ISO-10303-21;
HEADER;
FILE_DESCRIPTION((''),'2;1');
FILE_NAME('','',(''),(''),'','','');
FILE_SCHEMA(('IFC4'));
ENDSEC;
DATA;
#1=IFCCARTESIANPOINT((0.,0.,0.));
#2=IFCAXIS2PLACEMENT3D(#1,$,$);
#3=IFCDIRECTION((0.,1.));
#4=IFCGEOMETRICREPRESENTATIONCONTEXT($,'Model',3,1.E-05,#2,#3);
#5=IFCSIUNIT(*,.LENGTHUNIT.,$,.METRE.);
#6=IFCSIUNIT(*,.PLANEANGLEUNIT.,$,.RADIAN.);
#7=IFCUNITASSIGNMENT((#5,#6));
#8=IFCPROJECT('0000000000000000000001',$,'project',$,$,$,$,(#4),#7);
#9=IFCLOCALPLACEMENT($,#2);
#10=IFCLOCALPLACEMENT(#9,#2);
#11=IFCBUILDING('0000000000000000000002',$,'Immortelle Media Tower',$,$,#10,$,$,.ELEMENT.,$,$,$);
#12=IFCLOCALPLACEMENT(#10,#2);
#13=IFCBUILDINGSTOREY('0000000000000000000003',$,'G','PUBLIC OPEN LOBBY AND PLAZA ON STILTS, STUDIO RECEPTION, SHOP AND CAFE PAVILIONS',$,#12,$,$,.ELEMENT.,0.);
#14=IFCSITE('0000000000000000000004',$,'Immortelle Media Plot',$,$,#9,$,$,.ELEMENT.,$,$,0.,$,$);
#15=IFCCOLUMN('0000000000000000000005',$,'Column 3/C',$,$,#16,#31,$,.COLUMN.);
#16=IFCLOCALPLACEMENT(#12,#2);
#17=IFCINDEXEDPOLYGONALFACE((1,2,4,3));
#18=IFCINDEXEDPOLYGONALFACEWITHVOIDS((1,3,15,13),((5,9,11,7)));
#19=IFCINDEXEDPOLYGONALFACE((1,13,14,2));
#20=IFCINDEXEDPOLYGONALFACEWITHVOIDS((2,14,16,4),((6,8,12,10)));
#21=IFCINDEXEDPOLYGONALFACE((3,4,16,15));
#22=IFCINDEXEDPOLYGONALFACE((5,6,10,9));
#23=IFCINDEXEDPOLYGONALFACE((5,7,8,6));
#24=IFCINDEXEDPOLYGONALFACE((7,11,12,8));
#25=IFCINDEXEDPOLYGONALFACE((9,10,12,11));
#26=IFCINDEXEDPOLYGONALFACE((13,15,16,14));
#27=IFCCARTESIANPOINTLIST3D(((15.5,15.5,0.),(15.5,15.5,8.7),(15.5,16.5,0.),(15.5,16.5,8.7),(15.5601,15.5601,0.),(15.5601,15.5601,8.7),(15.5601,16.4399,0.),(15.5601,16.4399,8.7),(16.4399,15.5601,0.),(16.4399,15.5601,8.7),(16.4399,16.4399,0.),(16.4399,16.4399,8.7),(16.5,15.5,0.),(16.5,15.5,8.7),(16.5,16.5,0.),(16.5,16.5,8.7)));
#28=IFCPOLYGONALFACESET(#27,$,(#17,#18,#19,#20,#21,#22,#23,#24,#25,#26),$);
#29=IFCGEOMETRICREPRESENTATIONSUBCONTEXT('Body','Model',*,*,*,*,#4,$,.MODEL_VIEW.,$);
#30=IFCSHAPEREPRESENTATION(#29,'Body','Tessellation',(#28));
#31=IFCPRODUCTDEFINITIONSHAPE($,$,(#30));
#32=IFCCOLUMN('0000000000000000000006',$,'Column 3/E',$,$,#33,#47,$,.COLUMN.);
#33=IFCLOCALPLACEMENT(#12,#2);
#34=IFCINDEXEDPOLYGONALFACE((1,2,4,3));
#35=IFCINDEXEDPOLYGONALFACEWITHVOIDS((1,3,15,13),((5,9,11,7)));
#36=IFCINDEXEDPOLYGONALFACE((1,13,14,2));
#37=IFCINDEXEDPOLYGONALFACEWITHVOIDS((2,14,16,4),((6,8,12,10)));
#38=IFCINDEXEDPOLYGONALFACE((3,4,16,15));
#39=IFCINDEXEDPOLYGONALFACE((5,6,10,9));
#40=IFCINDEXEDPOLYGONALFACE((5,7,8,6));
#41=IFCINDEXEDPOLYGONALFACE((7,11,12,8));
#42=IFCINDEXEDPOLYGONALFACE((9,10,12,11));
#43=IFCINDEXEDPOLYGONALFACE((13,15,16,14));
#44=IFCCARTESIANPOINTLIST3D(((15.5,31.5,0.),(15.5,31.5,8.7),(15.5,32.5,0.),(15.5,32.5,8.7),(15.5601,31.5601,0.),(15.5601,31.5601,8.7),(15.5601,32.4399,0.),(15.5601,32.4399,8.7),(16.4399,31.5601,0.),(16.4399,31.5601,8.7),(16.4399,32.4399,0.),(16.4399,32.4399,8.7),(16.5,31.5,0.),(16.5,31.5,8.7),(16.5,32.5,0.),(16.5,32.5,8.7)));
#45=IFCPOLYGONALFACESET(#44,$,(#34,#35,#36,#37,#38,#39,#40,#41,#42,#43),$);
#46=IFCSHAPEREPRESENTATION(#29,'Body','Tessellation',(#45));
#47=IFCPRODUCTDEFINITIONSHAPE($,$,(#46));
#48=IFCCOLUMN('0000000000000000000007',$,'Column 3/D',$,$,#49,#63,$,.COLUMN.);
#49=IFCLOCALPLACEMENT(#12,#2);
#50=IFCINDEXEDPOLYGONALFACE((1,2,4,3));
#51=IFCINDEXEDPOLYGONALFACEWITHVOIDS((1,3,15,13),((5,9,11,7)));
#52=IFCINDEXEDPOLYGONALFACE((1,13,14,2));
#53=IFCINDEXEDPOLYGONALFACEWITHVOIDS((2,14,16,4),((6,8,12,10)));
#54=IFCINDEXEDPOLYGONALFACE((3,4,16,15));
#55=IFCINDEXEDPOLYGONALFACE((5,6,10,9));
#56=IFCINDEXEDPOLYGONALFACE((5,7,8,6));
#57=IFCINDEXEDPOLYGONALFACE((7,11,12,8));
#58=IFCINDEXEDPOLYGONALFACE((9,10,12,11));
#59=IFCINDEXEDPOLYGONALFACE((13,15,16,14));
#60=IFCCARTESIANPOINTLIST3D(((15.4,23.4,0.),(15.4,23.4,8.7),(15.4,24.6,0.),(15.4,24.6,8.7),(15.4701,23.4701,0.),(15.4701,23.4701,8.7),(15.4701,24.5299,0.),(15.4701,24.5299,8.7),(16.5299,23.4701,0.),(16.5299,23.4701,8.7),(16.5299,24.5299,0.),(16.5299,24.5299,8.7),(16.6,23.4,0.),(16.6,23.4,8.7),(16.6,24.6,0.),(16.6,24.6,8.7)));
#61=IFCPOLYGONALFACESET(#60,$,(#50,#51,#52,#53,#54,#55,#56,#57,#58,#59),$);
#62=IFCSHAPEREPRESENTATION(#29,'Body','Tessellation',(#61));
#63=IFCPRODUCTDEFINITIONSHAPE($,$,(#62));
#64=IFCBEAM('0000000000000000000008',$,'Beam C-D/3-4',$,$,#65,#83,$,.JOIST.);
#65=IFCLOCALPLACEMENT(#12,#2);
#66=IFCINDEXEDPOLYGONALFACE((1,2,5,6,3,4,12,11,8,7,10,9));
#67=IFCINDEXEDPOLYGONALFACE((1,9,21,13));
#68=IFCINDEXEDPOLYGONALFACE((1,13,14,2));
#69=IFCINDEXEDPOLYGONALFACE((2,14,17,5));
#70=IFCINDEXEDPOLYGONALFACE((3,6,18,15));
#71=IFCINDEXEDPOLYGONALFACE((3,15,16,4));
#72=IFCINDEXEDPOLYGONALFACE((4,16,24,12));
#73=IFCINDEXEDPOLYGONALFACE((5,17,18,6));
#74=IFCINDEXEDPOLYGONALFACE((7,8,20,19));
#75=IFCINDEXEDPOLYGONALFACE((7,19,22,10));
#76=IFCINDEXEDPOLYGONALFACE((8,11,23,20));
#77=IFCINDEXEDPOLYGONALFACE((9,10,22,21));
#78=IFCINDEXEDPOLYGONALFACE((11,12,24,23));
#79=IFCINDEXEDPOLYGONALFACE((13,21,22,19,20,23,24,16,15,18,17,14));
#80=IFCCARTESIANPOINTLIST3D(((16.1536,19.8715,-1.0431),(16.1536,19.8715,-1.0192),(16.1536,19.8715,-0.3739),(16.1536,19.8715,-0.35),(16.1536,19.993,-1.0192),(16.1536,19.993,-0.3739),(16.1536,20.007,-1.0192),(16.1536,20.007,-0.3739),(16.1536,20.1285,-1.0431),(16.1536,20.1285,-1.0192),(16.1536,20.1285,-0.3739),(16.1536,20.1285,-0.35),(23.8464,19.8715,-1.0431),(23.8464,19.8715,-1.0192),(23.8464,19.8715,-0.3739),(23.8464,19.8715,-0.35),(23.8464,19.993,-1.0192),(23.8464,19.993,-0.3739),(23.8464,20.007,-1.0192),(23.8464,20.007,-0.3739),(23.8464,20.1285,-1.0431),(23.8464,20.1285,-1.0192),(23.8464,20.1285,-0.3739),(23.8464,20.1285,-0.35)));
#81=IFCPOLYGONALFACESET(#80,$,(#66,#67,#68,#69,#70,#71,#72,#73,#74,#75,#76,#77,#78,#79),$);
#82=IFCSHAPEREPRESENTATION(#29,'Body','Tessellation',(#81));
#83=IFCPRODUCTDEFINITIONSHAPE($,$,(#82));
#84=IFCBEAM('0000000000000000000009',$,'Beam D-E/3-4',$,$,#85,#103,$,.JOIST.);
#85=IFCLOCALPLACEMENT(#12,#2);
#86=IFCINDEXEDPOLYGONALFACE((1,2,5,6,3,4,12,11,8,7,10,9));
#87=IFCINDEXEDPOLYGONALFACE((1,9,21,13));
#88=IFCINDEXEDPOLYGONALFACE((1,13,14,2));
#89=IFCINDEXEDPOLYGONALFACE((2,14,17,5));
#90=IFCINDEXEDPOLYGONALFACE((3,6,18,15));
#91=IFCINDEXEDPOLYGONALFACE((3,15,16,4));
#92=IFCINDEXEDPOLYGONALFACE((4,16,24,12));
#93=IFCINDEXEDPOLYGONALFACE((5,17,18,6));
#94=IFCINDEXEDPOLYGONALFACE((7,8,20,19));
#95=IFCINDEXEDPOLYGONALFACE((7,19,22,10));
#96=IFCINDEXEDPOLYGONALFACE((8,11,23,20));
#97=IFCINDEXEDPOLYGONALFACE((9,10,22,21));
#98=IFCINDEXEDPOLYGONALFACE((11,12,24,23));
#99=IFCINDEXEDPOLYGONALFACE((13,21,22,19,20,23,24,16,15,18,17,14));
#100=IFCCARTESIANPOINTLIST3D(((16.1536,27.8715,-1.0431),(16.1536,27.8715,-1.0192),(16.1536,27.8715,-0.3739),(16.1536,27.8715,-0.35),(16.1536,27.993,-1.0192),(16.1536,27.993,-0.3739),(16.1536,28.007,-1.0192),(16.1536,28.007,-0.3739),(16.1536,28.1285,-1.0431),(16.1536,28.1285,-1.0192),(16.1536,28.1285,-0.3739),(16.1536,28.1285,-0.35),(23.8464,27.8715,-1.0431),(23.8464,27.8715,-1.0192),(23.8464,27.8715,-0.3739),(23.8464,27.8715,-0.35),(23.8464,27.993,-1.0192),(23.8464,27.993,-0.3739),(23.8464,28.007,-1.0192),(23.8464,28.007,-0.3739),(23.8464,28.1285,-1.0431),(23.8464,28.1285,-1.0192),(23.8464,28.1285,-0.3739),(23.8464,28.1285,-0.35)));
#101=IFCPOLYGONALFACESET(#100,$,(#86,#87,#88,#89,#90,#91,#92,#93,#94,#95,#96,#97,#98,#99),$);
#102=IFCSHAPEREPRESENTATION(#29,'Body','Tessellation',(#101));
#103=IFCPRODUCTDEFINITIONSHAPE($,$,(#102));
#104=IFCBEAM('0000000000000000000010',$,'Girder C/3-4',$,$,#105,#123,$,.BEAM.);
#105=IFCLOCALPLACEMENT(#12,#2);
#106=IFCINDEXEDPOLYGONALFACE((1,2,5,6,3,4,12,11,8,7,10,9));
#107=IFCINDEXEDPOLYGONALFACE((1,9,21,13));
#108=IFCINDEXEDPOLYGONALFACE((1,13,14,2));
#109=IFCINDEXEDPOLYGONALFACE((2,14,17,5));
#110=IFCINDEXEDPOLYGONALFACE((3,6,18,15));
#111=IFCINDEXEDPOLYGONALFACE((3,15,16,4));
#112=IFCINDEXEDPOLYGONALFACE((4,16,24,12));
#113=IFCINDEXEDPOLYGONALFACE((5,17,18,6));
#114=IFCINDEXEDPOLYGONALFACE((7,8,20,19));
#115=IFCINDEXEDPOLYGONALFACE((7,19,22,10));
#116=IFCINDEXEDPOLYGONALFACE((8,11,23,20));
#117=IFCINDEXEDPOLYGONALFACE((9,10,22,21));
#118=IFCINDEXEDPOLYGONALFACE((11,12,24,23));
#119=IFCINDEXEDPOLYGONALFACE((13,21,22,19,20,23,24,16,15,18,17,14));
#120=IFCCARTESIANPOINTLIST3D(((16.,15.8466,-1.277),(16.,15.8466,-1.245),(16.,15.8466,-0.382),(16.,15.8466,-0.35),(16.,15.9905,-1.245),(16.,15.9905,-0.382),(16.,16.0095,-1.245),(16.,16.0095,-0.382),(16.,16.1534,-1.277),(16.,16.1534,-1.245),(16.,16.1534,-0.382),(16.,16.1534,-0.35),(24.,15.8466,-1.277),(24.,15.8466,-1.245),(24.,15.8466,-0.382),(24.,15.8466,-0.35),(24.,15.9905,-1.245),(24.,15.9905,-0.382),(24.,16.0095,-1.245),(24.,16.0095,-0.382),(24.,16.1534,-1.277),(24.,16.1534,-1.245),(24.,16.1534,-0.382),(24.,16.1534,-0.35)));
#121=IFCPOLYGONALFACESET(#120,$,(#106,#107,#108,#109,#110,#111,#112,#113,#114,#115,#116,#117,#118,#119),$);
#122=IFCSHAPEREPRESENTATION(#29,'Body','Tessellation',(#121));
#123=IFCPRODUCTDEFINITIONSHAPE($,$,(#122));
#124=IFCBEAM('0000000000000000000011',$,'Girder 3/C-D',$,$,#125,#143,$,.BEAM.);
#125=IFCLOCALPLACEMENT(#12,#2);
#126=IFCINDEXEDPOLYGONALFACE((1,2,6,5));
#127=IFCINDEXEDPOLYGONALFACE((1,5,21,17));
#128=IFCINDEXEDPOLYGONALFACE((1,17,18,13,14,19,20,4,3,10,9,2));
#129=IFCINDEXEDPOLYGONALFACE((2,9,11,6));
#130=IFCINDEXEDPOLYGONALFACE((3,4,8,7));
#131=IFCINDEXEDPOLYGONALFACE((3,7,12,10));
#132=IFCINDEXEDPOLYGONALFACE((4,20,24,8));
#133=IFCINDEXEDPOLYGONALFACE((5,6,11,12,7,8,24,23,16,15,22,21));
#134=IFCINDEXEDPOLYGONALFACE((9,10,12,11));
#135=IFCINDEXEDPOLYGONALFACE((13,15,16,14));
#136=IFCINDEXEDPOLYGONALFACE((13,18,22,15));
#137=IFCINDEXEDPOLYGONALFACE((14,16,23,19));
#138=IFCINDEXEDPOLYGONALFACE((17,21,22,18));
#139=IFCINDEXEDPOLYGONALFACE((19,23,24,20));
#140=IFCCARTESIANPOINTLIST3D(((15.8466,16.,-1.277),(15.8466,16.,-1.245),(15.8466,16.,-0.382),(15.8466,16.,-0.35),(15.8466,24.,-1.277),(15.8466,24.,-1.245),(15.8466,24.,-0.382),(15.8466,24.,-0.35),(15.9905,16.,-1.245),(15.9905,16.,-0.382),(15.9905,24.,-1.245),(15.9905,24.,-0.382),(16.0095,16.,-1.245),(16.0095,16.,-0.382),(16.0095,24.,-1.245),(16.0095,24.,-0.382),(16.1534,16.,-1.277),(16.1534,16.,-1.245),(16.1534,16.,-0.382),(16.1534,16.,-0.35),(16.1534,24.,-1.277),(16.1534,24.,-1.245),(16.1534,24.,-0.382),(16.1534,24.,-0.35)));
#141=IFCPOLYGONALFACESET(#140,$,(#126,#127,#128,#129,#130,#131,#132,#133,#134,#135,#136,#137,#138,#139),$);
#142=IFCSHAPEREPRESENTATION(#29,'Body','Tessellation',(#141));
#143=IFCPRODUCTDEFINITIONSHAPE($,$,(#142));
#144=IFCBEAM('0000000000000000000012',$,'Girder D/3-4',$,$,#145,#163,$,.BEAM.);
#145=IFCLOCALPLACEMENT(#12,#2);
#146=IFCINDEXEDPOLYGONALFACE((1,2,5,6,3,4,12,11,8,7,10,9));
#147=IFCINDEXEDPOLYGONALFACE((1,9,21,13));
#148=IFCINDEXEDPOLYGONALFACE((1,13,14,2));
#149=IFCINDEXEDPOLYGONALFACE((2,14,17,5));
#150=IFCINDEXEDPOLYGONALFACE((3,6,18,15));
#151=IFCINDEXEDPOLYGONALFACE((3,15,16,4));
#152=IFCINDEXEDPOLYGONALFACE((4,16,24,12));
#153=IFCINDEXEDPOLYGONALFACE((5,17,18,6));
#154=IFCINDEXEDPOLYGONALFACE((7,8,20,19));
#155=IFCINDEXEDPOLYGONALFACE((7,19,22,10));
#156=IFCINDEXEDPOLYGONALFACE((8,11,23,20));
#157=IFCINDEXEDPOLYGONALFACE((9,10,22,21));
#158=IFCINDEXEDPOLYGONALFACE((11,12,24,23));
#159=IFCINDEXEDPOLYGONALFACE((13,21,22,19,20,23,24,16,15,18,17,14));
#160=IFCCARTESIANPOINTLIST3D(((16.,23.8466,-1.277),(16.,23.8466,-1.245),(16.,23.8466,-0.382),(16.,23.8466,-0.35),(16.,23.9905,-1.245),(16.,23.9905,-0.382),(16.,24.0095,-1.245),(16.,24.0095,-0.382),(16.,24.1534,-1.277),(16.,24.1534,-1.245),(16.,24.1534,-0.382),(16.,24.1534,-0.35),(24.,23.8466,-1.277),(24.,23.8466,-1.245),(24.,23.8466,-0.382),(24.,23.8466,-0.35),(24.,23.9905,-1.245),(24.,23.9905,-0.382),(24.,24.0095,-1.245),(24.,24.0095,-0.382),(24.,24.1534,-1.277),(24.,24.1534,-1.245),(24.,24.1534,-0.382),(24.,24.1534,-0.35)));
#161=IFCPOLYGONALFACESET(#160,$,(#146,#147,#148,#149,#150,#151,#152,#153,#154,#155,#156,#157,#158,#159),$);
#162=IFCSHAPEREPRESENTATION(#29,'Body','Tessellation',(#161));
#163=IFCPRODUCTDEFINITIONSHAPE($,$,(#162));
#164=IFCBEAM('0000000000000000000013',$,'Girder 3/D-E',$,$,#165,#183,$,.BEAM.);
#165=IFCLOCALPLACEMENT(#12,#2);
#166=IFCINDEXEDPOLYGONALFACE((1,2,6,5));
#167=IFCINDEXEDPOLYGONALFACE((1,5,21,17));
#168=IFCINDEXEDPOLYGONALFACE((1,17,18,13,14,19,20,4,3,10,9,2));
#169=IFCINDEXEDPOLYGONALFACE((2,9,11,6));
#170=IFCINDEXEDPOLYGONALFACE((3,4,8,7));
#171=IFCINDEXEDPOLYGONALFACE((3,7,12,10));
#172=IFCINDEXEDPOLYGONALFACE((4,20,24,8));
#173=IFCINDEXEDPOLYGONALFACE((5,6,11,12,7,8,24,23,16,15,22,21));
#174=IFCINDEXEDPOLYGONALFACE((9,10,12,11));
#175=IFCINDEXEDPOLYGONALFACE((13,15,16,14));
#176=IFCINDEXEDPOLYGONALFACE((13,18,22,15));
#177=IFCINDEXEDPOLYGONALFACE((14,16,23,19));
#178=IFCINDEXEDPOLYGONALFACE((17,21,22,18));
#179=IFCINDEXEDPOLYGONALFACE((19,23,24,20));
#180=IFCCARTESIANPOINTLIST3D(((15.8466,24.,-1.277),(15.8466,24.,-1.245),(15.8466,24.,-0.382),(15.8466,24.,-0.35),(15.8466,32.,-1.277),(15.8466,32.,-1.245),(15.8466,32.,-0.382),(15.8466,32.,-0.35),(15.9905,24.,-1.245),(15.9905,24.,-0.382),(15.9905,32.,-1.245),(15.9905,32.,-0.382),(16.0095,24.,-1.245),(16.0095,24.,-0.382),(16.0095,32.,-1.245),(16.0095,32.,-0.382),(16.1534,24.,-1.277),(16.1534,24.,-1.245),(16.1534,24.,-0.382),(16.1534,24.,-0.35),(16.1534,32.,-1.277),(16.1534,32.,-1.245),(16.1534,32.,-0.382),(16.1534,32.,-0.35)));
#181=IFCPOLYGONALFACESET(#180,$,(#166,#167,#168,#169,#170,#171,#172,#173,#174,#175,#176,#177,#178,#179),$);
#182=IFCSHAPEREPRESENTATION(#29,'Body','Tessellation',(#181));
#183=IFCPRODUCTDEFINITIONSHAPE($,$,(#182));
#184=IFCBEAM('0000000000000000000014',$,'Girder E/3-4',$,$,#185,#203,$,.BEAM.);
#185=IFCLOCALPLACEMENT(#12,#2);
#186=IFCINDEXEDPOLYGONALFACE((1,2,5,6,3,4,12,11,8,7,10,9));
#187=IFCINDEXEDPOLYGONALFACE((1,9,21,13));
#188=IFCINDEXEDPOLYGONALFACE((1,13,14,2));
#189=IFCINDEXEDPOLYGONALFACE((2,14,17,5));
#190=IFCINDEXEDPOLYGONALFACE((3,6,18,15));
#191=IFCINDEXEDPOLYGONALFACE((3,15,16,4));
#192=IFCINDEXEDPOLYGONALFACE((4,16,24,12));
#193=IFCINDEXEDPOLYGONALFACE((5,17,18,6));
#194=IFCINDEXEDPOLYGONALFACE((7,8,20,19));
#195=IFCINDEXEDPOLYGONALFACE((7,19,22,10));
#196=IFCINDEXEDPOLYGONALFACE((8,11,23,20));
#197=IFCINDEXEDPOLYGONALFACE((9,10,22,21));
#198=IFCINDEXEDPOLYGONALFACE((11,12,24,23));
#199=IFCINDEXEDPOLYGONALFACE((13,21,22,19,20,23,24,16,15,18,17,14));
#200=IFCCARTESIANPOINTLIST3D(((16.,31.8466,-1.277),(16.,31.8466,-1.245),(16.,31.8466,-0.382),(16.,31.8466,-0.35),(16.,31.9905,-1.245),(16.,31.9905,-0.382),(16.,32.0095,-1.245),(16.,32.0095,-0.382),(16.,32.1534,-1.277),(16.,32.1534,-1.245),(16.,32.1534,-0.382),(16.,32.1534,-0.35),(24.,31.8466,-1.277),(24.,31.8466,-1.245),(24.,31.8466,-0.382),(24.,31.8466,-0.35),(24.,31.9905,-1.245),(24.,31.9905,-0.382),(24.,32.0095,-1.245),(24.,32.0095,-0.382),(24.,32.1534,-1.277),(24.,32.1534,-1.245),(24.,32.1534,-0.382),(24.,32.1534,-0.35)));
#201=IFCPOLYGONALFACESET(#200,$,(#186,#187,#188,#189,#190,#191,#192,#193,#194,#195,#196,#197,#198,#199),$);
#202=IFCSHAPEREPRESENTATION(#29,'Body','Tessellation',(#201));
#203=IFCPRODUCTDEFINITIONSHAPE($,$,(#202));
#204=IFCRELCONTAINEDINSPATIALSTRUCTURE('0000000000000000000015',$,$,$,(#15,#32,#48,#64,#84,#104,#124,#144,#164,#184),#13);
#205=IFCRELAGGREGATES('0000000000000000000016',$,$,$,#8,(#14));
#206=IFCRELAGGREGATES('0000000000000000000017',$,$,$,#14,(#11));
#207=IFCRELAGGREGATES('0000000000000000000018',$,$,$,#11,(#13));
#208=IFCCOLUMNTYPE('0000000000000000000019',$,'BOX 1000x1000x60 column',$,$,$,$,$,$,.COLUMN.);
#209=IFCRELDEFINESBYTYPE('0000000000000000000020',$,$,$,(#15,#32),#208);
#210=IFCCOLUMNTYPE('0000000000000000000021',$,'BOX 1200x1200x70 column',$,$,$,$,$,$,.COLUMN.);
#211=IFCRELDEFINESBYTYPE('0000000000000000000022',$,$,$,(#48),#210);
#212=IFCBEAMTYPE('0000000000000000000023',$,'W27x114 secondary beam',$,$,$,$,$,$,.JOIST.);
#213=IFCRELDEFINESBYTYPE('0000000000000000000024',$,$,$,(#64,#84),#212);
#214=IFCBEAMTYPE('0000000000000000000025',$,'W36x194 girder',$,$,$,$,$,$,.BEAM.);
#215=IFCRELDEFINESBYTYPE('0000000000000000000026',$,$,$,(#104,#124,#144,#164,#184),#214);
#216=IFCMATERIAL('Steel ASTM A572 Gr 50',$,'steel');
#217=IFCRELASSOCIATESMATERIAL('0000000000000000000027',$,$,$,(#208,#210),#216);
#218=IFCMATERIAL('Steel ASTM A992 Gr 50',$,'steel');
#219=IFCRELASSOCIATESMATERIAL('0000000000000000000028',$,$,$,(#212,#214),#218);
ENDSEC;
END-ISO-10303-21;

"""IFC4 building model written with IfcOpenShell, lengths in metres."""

from ifc_helpers import new_model, si_unit, direction, frame, origin, origin_2d, place, context, subcontext, project, spatial, hollow_rectangle, i_section, extrude, material, material_profile, profile_set, type_object, element, save


model = new_model("IFC4")

# Units and contexts
model_context = context("Model", 3, precision=1e-05, world=origin(), true_north=direction((0.0, 1.0)))
body_context = subcontext(model_context, "Body", "Model", "MODEL_VIEW")
ifc_project = project(units=[si_unit("LENGTHUNIT", "METRE"), si_unit("PLANEANGLEUNIT", "RADIAN")], contexts=[model_context])

# Site, building, storey
site_placement = place(None, origin())
site = spatial("IfcSite", under=ifc_project, at=site_placement, Name="Immortelle Media Plot", CompositionType="ELEMENT", RefElevation=0.0)
building_placement = place(site_placement, origin())
building = spatial("IfcBuilding", under=site, at=building_placement, Name="Immortelle Media Tower", CompositionType="ELEMENT")
storey_placement = place(building_placement, origin())
storey = spatial("IfcBuildingStorey", under=building, at=storey_placement, Name="G", Description="PUBLIC OPEN LOBBY AND PLAZA ON STILTS, STUDIO RECEPTION, SHOP AND CAFE PAVILIONS", CompositionType="ELEMENT", Elevation=0.0)

# Columns
ifc_material_1 = material(Name="Steel ASTM A572 Gr 50", Category="steel")
ifc_material_profile_1 = material_profile(ifc_material_1, hollow_rectangle(XDim=1.0, YDim=1.0, WallThickness=0.0601, at=origin_2d()), Name="BOX 1000x1000x60 column")
ifc_profile_set_1 = profile_set([ifc_material_profile_1], Name="Steel ASTM A572 Gr 50")
column_type_1 = type_object("IfcColumnType", Name="BOX 1000x1000x60 column", PredefinedType="COLUMN", material=ifc_profile_set_1)
for number, where, z_axis, x_axis, name in (
    (1, (16.0, 16.0, 0.0), (0.0, 0.0, 1.0), (1.0, 0.0, 0.0), "Column 3/C"),
    (2, (16.0, 32.0, 0.0), (0.0, 0.0, 1.0), (1.0, 0.0, 0.0), "Column 3/E"),
):
    element("IfcColumn", number, at=place(storey_placement, frame(where, z_axis=z_axis, x_axis=x_axis)), inside=storey, type_object=column_type_1, Name=name, PredefinedType="COLUMN", context=body_context, shape_type="SweptSolid", body=[
        extrude(hollow_rectangle(XDim=1.0, YDim=1.0, WallThickness=0.0601, at=origin_2d()), origin(), (0.0, 0.0, 1.0), 8.7),
    ])
ifc_material_profile_2 = material_profile(ifc_material_1, hollow_rectangle(XDim=1.2, YDim=1.2, WallThickness=0.0701, at=origin_2d()), Name="BOX 1200x1200x70 column")
ifc_profile_set_2 = profile_set([ifc_material_profile_2], Name="Steel ASTM A572 Gr 50")
column_type_2 = type_object("IfcColumnType", Name="BOX 1200x1200x70 column", PredefinedType="COLUMN", material=ifc_profile_set_2)
column_placement = place(storey_placement, frame((16.0, 24.0, 0.0), z_axis=(0.0, 0.0, 1.0), x_axis=(1.0, 0.0, 0.0)))
element("IfcColumn", 3, at=column_placement, inside=storey, type_object=column_type_2, Name="Column 3/D", PredefinedType="COLUMN", context=body_context, shape_type="SweptSolid", body=[
    extrude(hollow_rectangle(XDim=1.2, YDim=1.2, WallThickness=0.0701, at=origin_2d()), origin(), (0.0, 0.0, 1.0), 8.7),
])

# Beams
ifc_material_2 = material(Name="Steel ASTM A992 Gr 50", Category="steel")
ifc_material_profile_3 = material_profile(ifc_material_2, i_section(OverallWidth=0.2571, OverallDepth=0.6931, WebThickness=0.0139, FlangeThickness=0.0239, at=origin_2d()), Name="W27x114")
ifc_profile_set_3 = profile_set([ifc_material_profile_3], Name="Steel ASTM A992 Gr 50")
beam_type_1 = type_object("IfcBeamType", Name="W27x114 secondary beam", PredefinedType="JOIST", material=ifc_profile_set_3)
for number, where, z_axis, x_axis, name in (
    (4, (16.1536, 20.0, -0.6965), (1.0, 0.0, 0.0), (0.0, 1.0, 0.0), "Beam C-D/3-4"),
    (5, (16.1536, 28.0, -0.6965), (1.0, 0.0, 0.0), (0.0, 1.0, 0.0), "Beam D-E/3-4"),
):
    element("IfcBeam", number, at=place(storey_placement, frame(where, z_axis=z_axis, x_axis=x_axis)), inside=storey, type_object=beam_type_1, Name=name, PredefinedType="JOIST", context=body_context, shape_type="SweptSolid", body=[
        extrude(i_section(OverallWidth=0.2571, OverallDepth=0.6931, WebThickness=0.0139, FlangeThickness=0.0239, at=origin_2d()), origin(), (0.0, 0.0, 1.0), 7.6929),
    ])
ifc_material_profile_4 = material_profile(ifc_material_2, i_section(OverallWidth=0.3069, OverallDepth=0.927, WebThickness=0.019, FlangeThickness=0.032, at=origin_2d()), Name="W36x194")
ifc_profile_set_4 = profile_set([ifc_material_profile_4], Name="Steel ASTM A992 Gr 50")
beam_type_2 = type_object("IfcBeamType", Name="W36x194 girder", PredefinedType="BEAM", material=ifc_profile_set_4)
for number, where, z_axis, x_axis, name in (
    (6, (16.0, 16.0, -0.8135), (1.0, 0.0, 0.0), (0.0, 1.0, 0.0), "Girder C/3-4"),
    (7, (16.0, 16.0, -0.8135), (0.0, 1.0, 0.0), (-1.0, 0.0, 0.0), "Girder 3/C-D"),
    (8, (16.0, 24.0, -0.8135), (1.0, 0.0, 0.0), (0.0, 1.0, 0.0), "Girder D/3-4"),
    (9, (16.0, 24.0, -0.8135), (0.0, 1.0, 0.0), (-1.0, 0.0, 0.0), "Girder 3/D-E"),
    (10, (16.0, 32.0, -0.8135), (1.0, 0.0, 0.0), (0.0, 1.0, 0.0), "Girder E/3-4"),
):
    element("IfcBeam", number, at=place(storey_placement, frame(where, z_axis=z_axis, x_axis=x_axis)), inside=storey, type_object=beam_type_2, Name=name, PredefinedType="BEAM", context=body_context, shape_type="SweptSolid", body=[
        extrude(i_section(OverallWidth=0.3069, OverallDepth=0.927, WebThickness=0.019, FlangeThickness=0.032, at=origin_2d()), origin(), (0.0, 0.0, 1.0), 8.0),
    ])

save(model, "model.ifc")
